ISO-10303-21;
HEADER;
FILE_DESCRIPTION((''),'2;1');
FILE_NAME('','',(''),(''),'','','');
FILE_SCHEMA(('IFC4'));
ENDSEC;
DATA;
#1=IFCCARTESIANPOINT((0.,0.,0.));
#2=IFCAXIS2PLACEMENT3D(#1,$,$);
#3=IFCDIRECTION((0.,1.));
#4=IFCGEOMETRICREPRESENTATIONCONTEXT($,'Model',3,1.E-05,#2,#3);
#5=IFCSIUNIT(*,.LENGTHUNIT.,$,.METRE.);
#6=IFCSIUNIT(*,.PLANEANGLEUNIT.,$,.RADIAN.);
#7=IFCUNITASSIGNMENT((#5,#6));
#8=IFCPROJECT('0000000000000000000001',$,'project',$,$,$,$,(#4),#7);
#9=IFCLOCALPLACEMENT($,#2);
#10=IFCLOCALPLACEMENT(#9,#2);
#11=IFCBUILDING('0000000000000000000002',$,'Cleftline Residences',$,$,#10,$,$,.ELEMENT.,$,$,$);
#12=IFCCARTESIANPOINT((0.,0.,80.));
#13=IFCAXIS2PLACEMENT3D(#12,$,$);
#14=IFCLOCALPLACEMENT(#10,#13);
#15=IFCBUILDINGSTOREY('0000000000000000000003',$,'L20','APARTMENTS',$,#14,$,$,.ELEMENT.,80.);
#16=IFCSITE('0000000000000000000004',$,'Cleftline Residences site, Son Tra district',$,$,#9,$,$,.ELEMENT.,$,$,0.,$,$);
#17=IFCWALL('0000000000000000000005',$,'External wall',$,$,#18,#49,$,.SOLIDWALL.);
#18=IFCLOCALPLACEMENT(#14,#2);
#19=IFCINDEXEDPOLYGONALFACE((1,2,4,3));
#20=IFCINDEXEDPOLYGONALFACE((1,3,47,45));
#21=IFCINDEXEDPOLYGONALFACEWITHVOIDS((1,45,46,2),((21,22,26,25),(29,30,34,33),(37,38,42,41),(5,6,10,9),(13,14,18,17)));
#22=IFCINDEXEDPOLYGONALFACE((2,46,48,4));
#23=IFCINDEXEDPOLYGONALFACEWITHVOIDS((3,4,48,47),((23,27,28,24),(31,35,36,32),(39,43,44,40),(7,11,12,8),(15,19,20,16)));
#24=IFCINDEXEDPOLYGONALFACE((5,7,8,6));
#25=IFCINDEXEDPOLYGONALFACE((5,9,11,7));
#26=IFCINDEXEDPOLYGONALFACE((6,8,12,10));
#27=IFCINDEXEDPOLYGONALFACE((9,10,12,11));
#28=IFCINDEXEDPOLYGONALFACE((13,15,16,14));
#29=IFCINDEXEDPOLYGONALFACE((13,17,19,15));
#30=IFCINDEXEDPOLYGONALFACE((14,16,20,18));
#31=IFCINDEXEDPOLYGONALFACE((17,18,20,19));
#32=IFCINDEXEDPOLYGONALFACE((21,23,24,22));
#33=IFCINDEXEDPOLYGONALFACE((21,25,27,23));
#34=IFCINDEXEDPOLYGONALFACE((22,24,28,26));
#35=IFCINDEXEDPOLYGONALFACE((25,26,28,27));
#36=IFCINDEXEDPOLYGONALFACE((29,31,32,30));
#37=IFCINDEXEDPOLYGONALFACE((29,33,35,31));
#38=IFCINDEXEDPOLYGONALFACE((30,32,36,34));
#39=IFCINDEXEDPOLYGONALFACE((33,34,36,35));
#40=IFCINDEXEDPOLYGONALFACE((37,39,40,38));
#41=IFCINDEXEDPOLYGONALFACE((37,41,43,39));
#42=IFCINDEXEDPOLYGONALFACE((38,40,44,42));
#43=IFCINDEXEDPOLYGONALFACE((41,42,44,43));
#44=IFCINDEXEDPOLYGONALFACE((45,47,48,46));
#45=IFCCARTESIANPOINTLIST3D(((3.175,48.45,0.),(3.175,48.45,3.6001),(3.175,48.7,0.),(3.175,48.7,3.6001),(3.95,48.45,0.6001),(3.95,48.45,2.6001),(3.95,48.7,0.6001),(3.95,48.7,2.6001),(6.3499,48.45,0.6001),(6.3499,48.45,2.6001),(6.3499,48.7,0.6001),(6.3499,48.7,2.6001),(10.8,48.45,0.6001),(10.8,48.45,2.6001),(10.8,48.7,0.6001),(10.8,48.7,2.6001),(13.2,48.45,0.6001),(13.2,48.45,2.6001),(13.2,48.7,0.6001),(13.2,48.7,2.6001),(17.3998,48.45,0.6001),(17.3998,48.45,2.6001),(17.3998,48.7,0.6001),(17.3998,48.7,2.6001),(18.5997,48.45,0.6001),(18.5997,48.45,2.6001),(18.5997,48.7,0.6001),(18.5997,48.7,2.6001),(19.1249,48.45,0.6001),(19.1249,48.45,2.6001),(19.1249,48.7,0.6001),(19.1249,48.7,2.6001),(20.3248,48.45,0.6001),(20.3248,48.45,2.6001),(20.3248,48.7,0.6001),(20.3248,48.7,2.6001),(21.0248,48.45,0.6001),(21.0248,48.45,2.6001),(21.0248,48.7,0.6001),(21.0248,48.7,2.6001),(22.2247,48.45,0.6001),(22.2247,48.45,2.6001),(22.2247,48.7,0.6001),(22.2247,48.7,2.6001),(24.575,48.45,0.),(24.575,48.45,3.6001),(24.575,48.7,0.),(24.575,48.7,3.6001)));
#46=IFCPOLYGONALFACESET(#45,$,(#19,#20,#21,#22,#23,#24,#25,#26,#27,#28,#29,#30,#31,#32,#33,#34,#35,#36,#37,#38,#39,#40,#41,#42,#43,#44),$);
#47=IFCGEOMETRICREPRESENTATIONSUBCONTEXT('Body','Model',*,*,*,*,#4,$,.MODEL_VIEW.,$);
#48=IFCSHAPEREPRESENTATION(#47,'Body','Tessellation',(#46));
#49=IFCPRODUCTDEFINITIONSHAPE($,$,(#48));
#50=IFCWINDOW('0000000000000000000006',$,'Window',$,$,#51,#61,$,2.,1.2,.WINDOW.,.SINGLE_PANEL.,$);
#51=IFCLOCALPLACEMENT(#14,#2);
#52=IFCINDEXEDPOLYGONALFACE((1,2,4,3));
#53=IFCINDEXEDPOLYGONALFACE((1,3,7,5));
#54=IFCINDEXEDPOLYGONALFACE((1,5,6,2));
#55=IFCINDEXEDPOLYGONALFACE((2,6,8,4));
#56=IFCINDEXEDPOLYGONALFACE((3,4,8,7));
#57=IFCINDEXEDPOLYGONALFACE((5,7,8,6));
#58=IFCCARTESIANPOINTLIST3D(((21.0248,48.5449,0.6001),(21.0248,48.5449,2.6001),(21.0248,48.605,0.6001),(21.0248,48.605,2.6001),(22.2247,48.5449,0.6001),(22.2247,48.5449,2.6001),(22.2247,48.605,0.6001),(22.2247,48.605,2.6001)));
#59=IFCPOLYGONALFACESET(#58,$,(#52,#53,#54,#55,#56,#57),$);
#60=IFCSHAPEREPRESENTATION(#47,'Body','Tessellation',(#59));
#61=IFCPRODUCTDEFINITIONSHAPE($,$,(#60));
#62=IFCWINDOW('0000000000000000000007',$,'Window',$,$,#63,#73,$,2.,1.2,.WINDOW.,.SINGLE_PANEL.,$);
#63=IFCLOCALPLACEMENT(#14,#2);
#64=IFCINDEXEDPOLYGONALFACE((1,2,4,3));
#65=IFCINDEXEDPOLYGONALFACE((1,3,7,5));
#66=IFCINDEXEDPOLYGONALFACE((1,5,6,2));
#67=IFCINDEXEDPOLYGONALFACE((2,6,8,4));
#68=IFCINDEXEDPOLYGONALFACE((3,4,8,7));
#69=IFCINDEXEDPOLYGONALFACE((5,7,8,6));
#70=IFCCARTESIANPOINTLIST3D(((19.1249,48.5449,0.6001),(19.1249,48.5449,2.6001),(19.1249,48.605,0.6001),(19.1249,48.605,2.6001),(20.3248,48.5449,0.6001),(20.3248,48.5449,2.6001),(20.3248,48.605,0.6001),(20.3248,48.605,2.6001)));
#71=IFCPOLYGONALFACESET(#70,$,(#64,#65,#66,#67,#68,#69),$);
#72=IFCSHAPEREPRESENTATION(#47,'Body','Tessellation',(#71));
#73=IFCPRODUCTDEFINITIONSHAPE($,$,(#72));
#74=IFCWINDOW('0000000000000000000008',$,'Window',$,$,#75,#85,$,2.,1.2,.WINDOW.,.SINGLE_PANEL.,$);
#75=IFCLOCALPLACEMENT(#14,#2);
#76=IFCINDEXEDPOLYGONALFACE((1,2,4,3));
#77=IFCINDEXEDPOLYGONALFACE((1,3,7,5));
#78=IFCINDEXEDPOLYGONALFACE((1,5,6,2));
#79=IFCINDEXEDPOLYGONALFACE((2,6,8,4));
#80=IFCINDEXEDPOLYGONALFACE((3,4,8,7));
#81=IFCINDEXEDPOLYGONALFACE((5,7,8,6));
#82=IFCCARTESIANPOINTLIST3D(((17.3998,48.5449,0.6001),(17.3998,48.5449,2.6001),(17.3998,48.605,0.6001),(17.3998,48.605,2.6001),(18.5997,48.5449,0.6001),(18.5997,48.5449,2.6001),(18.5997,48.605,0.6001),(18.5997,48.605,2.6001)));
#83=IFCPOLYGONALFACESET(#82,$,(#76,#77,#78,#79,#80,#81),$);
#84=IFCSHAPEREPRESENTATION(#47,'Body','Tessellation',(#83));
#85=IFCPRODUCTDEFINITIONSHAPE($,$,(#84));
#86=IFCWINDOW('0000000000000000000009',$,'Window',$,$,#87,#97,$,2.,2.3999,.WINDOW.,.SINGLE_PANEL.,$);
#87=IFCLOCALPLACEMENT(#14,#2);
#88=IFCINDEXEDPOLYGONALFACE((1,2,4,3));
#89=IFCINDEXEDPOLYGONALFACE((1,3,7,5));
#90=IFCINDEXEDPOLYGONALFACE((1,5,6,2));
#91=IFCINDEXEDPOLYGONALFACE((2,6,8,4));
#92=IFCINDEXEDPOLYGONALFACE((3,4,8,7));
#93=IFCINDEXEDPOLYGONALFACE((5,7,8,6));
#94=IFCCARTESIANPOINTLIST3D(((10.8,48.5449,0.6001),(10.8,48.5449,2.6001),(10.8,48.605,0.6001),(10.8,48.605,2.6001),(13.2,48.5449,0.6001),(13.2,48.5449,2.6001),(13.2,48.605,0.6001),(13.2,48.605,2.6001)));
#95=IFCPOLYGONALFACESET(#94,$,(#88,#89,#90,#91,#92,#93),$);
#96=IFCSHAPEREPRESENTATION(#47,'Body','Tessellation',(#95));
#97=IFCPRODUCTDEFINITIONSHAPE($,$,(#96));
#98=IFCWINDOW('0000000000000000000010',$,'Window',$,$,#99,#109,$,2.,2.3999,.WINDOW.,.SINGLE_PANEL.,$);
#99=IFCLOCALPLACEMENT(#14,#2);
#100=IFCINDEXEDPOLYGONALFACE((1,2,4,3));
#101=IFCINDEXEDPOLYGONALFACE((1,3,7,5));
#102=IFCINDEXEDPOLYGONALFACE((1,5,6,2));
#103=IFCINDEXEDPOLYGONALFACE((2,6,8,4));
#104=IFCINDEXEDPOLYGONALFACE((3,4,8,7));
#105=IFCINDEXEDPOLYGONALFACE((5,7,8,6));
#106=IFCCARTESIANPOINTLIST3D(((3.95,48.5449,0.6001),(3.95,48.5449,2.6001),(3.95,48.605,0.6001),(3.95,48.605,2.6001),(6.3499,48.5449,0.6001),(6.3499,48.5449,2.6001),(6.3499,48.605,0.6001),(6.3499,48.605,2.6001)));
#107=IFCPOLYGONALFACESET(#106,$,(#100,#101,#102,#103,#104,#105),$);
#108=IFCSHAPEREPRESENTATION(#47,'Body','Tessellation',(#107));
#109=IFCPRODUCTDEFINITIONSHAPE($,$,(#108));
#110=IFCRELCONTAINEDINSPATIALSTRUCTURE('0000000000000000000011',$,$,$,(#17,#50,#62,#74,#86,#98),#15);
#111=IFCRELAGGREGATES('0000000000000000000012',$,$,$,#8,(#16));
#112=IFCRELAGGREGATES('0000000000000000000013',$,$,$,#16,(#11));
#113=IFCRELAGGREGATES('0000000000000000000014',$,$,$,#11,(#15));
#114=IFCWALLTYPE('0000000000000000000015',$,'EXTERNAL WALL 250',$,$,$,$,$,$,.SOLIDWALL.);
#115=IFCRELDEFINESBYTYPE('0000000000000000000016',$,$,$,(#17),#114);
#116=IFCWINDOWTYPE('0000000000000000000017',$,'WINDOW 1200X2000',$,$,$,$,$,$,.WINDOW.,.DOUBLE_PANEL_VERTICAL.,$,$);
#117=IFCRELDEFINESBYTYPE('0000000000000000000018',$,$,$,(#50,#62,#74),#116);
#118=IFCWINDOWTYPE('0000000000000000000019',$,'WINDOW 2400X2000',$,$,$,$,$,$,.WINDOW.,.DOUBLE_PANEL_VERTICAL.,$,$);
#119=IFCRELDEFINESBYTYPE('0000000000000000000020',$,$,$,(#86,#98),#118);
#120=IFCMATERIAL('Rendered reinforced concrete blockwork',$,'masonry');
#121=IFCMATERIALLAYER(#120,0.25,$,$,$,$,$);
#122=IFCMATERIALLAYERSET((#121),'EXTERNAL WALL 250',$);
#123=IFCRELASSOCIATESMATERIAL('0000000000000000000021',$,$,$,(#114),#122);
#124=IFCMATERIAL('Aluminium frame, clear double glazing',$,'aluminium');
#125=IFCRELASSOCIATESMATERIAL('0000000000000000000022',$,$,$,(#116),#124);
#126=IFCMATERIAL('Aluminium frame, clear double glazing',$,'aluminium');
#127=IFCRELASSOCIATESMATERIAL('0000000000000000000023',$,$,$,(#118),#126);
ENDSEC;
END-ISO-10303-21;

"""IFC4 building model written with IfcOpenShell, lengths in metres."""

from ifc_helpers import new_model, si_unit, direction, frame, frame_2d, origin, place, context, subcontext, project, spatial, rectangle, extrude, material, layer, layer_set, type_object, element, fill, save


model = new_model("IFC4")

# Units and contexts
model_context = context("Model", 3, precision=1e-05, world=origin(), true_north=direction((0.0, 1.0)))
body_context = subcontext(model_context, "Body", "Model", "MODEL_VIEW")
ifc_project = project(units=[si_unit("LENGTHUNIT", "METRE"), si_unit("PLANEANGLEUNIT", "RADIAN")], contexts=[model_context])

# Site, building, storey
site_placement = place(None, origin())
site = spatial("IfcSite", under=ifc_project, at=site_placement, Name="Cleftline Residences site, Son Tra district", CompositionType="ELEMENT", RefElevation=0.0)
building_placement = place(site_placement, origin())
building = spatial("IfcBuilding", under=site, at=building_placement, Name="Cleftline Residences", CompositionType="ELEMENT")
storey_placement = place(building_placement, frame((0.0, 0.0, 80.0)))
storey = spatial("IfcBuildingStorey", under=building, at=storey_placement, Name="L20", Description="APARTMENTS", CompositionType="ELEMENT", Elevation=80.0)

# Wall, openings, windows
ifc_material_1 = material(Name="Rendered reinforced concrete blockwork", Category="masonry")
ifc_layer_1 = layer(ifc_material_1, 0.25)
ifc_layer_set_1 = layer_set([ifc_layer_1], Name="EXTERNAL WALL 250")
wall_type = type_object("IfcWallType", Name="EXTERNAL WALL 250", PredefinedType="SOLIDWALL", material=ifc_layer_set_1)
wall_placement = place(storey_placement, frame((24.575, 48.575, 0.0), z_axis=(0.0, 0.0, 1.0), x_axis=(-1.0, 0.0, 0.0)))
wall = element("IfcWall", 1, at=wall_placement, inside=storey, type_object=wall_type, Name="External wall", PredefinedType="SOLIDWALL", context=body_context, shape_type="SweptSolid", body=[
    extrude(rectangle(XDim=21.3999, YDim=0.25, at=frame_2d((10.7, 0.0))), origin(), (0.0, 0.0, 1.0), 3.6001),
])
opening_1_placement = place(wall_placement, frame((2.3501, 0.0, 0.6001)))
opening_1 = element("IfcOpeningElement", 2, at=opening_1_placement, cuts=wall, PredefinedType="OPENING", context=body_context, shape_type="SweptSolid", body=[
    extrude(rectangle(XDim=1.2, YDim=2.0, at=frame_2d((0.6001, 1.0))), frame((0.0, 0.135, 0.0), z_axis=(0.0, -1.0, 0.0), x_axis=(1.0, 0.0, 0.0)), (0.0, 0.0, 1.0), 0.27),
])
opening_2_placement = place(wall_placement, frame((4.25, 0.0, 0.6001)))
opening_2 = element("IfcOpeningElement", 3, at=opening_2_placement, cuts=wall, PredefinedType="OPENING", context=body_context, shape_type="SweptSolid", body=[
    extrude(rectangle(XDim=1.2, YDim=2.0, at=frame_2d((0.6001, 1.0))), frame((0.0, 0.135, 0.0), z_axis=(0.0, -1.0, 0.0), x_axis=(1.0, 0.0, 0.0)), (0.0, 0.0, 1.0), 0.27),
])
opening_3_placement = place(wall_placement, frame((5.9751, 0.0, 0.6001)))
opening_3 = element("IfcOpeningElement", 4, at=opening_3_placement, cuts=wall, PredefinedType="OPENING", context=body_context, shape_type="SweptSolid", body=[
    extrude(rectangle(XDim=1.2, YDim=2.0, at=frame_2d((0.6001, 1.0))), frame((0.0, 0.135, 0.0), z_axis=(0.0, -1.0, 0.0), x_axis=(1.0, 0.0, 0.0)), (0.0, 0.0, 1.0), 0.27),
])
opening_4_placement = place(wall_placement, frame((11.375, 0.0, 0.6001)))
opening_4 = element("IfcOpeningElement", 5, at=opening_4_placement, cuts=wall, PredefinedType="OPENING", context=body_context, shape_type="SweptSolid", body=[
    extrude(rectangle(XDim=2.3999, YDim=2.0, at=frame_2d((1.2, 1.0))), frame((0.0, 0.135, 0.0), z_axis=(0.0, -1.0, 0.0), x_axis=(1.0, 0.0, 0.0)), (0.0, 0.0, 1.0), 0.27),
])
opening_5_placement = place(wall_placement, frame((18.2251, 0.0, 0.6001)))
opening_5 = element("IfcOpeningElement", 6, at=opening_5_placement, cuts=wall, PredefinedType="OPENING", context=body_context, shape_type="SweptSolid", body=[
    extrude(rectangle(XDim=2.3999, YDim=2.0, at=frame_2d((1.2, 1.0))), frame((0.0, 0.135, 0.0), z_axis=(0.0, -1.0, 0.0), x_axis=(1.0, 0.0, 0.0)), (0.0, 0.0, 1.0), 0.27),
])
ifc_material_2 = material(Name="Aluminium frame, clear double glazing", Category="aluminium")
window_type_1 = type_object("IfcWindowType", Name="WINDOW 1200X2000", PartitioningType="DOUBLE_PANEL_VERTICAL", PredefinedType="WINDOW", material=ifc_material_2)
window_1_placement = place(opening_1_placement, origin())
window_1 = element("IfcWindow", 7, at=window_1_placement, inside=storey, type_object=window_type_1, Name="Window", OverallHeight=2.0, OverallWidth=1.2, PartitioningType="SINGLE_PANEL", PredefinedType="WINDOW", context=body_context, shape_type="SweptSolid", body=[
    extrude(rectangle(XDim=1.2, YDim=2.0, at=frame_2d((0.6001, 1.0))), frame((0.0, 0.03, 0.0), z_axis=(0.0, -1.0, 0.0), x_axis=(1.0, 0.0, 0.0)), (0.0, 0.0, 1.0), 0.0601),
])
fill(opening_1, window_1)
window_2_placement = place(opening_2_placement, origin())
window_2 = element("IfcWindow", 8, at=window_2_placement, inside=storey, type_object=window_type_1, Name="Window", OverallHeight=2.0, OverallWidth=1.2, PartitioningType="SINGLE_PANEL", PredefinedType="WINDOW", context=body_context, shape_type="SweptSolid", body=[
    extrude(rectangle(XDim=1.2, YDim=2.0, at=frame_2d((0.6001, 1.0))), frame((0.0, 0.03, 0.0), z_axis=(0.0, -1.0, 0.0), x_axis=(1.0, 0.0, 0.0)), (0.0, 0.0, 1.0), 0.0601),
])
fill(opening_2, window_2)
window_3_placement = place(opening_3_placement, origin())
window_3 = element("IfcWindow", 9, at=window_3_placement, inside=storey, type_object=window_type_1, Name="Window", OverallHeight=2.0, OverallWidth=1.2, PartitioningType="SINGLE_PANEL", PredefinedType="WINDOW", context=body_context, shape_type="SweptSolid", body=[
    extrude(rectangle(XDim=1.2, YDim=2.0, at=frame_2d((0.6001, 1.0))), frame((0.0, 0.03, 0.0), z_axis=(0.0, -1.0, 0.0), x_axis=(1.0, 0.0, 0.0)), (0.0, 0.0, 1.0), 0.0601),
])
fill(opening_3, window_3)
ifc_material_3 = material(Name="Aluminium frame, clear double glazing", Category="aluminium")
window_type_2 = type_object("IfcWindowType", Name="WINDOW 2400X2000", PartitioningType="DOUBLE_PANEL_VERTICAL", PredefinedType="WINDOW", material=ifc_material_3)
window_4_placement = place(opening_4_placement, origin())
window_4 = element("IfcWindow", 10, at=window_4_placement, inside=storey, type_object=window_type_2, Name="Window", OverallHeight=2.0, OverallWidth=2.3999, PartitioningType="SINGLE_PANEL", PredefinedType="WINDOW", context=body_context, shape_type="SweptSolid", body=[
    extrude(rectangle(XDim=2.3999, YDim=2.0, at=frame_2d((1.2, 1.0))), frame((0.0, 0.03, 0.0), z_axis=(0.0, -1.0, 0.0), x_axis=(1.0, 0.0, 0.0)), (0.0, 0.0, 1.0), 0.0601),
])
fill(opening_4, window_4)
window_5_placement = place(opening_5_placement, origin())
window_5 = element("IfcWindow", 11, at=window_5_placement, inside=storey, type_object=window_type_2, Name="Window", OverallHeight=2.0, OverallWidth=2.3999, PartitioningType="SINGLE_PANEL", PredefinedType="WINDOW", context=body_context, shape_type="SweptSolid", body=[
    extrude(rectangle(XDim=2.3999, YDim=2.0, at=frame_2d((1.2, 1.0))), frame((0.0, 0.03, 0.0), z_axis=(0.0, -1.0, 0.0), x_axis=(1.0, 0.0, 0.0)), (0.0, 0.0, 1.0), 0.0601),
])
fill(opening_5, window_5)

save(model, "model.ifc")
